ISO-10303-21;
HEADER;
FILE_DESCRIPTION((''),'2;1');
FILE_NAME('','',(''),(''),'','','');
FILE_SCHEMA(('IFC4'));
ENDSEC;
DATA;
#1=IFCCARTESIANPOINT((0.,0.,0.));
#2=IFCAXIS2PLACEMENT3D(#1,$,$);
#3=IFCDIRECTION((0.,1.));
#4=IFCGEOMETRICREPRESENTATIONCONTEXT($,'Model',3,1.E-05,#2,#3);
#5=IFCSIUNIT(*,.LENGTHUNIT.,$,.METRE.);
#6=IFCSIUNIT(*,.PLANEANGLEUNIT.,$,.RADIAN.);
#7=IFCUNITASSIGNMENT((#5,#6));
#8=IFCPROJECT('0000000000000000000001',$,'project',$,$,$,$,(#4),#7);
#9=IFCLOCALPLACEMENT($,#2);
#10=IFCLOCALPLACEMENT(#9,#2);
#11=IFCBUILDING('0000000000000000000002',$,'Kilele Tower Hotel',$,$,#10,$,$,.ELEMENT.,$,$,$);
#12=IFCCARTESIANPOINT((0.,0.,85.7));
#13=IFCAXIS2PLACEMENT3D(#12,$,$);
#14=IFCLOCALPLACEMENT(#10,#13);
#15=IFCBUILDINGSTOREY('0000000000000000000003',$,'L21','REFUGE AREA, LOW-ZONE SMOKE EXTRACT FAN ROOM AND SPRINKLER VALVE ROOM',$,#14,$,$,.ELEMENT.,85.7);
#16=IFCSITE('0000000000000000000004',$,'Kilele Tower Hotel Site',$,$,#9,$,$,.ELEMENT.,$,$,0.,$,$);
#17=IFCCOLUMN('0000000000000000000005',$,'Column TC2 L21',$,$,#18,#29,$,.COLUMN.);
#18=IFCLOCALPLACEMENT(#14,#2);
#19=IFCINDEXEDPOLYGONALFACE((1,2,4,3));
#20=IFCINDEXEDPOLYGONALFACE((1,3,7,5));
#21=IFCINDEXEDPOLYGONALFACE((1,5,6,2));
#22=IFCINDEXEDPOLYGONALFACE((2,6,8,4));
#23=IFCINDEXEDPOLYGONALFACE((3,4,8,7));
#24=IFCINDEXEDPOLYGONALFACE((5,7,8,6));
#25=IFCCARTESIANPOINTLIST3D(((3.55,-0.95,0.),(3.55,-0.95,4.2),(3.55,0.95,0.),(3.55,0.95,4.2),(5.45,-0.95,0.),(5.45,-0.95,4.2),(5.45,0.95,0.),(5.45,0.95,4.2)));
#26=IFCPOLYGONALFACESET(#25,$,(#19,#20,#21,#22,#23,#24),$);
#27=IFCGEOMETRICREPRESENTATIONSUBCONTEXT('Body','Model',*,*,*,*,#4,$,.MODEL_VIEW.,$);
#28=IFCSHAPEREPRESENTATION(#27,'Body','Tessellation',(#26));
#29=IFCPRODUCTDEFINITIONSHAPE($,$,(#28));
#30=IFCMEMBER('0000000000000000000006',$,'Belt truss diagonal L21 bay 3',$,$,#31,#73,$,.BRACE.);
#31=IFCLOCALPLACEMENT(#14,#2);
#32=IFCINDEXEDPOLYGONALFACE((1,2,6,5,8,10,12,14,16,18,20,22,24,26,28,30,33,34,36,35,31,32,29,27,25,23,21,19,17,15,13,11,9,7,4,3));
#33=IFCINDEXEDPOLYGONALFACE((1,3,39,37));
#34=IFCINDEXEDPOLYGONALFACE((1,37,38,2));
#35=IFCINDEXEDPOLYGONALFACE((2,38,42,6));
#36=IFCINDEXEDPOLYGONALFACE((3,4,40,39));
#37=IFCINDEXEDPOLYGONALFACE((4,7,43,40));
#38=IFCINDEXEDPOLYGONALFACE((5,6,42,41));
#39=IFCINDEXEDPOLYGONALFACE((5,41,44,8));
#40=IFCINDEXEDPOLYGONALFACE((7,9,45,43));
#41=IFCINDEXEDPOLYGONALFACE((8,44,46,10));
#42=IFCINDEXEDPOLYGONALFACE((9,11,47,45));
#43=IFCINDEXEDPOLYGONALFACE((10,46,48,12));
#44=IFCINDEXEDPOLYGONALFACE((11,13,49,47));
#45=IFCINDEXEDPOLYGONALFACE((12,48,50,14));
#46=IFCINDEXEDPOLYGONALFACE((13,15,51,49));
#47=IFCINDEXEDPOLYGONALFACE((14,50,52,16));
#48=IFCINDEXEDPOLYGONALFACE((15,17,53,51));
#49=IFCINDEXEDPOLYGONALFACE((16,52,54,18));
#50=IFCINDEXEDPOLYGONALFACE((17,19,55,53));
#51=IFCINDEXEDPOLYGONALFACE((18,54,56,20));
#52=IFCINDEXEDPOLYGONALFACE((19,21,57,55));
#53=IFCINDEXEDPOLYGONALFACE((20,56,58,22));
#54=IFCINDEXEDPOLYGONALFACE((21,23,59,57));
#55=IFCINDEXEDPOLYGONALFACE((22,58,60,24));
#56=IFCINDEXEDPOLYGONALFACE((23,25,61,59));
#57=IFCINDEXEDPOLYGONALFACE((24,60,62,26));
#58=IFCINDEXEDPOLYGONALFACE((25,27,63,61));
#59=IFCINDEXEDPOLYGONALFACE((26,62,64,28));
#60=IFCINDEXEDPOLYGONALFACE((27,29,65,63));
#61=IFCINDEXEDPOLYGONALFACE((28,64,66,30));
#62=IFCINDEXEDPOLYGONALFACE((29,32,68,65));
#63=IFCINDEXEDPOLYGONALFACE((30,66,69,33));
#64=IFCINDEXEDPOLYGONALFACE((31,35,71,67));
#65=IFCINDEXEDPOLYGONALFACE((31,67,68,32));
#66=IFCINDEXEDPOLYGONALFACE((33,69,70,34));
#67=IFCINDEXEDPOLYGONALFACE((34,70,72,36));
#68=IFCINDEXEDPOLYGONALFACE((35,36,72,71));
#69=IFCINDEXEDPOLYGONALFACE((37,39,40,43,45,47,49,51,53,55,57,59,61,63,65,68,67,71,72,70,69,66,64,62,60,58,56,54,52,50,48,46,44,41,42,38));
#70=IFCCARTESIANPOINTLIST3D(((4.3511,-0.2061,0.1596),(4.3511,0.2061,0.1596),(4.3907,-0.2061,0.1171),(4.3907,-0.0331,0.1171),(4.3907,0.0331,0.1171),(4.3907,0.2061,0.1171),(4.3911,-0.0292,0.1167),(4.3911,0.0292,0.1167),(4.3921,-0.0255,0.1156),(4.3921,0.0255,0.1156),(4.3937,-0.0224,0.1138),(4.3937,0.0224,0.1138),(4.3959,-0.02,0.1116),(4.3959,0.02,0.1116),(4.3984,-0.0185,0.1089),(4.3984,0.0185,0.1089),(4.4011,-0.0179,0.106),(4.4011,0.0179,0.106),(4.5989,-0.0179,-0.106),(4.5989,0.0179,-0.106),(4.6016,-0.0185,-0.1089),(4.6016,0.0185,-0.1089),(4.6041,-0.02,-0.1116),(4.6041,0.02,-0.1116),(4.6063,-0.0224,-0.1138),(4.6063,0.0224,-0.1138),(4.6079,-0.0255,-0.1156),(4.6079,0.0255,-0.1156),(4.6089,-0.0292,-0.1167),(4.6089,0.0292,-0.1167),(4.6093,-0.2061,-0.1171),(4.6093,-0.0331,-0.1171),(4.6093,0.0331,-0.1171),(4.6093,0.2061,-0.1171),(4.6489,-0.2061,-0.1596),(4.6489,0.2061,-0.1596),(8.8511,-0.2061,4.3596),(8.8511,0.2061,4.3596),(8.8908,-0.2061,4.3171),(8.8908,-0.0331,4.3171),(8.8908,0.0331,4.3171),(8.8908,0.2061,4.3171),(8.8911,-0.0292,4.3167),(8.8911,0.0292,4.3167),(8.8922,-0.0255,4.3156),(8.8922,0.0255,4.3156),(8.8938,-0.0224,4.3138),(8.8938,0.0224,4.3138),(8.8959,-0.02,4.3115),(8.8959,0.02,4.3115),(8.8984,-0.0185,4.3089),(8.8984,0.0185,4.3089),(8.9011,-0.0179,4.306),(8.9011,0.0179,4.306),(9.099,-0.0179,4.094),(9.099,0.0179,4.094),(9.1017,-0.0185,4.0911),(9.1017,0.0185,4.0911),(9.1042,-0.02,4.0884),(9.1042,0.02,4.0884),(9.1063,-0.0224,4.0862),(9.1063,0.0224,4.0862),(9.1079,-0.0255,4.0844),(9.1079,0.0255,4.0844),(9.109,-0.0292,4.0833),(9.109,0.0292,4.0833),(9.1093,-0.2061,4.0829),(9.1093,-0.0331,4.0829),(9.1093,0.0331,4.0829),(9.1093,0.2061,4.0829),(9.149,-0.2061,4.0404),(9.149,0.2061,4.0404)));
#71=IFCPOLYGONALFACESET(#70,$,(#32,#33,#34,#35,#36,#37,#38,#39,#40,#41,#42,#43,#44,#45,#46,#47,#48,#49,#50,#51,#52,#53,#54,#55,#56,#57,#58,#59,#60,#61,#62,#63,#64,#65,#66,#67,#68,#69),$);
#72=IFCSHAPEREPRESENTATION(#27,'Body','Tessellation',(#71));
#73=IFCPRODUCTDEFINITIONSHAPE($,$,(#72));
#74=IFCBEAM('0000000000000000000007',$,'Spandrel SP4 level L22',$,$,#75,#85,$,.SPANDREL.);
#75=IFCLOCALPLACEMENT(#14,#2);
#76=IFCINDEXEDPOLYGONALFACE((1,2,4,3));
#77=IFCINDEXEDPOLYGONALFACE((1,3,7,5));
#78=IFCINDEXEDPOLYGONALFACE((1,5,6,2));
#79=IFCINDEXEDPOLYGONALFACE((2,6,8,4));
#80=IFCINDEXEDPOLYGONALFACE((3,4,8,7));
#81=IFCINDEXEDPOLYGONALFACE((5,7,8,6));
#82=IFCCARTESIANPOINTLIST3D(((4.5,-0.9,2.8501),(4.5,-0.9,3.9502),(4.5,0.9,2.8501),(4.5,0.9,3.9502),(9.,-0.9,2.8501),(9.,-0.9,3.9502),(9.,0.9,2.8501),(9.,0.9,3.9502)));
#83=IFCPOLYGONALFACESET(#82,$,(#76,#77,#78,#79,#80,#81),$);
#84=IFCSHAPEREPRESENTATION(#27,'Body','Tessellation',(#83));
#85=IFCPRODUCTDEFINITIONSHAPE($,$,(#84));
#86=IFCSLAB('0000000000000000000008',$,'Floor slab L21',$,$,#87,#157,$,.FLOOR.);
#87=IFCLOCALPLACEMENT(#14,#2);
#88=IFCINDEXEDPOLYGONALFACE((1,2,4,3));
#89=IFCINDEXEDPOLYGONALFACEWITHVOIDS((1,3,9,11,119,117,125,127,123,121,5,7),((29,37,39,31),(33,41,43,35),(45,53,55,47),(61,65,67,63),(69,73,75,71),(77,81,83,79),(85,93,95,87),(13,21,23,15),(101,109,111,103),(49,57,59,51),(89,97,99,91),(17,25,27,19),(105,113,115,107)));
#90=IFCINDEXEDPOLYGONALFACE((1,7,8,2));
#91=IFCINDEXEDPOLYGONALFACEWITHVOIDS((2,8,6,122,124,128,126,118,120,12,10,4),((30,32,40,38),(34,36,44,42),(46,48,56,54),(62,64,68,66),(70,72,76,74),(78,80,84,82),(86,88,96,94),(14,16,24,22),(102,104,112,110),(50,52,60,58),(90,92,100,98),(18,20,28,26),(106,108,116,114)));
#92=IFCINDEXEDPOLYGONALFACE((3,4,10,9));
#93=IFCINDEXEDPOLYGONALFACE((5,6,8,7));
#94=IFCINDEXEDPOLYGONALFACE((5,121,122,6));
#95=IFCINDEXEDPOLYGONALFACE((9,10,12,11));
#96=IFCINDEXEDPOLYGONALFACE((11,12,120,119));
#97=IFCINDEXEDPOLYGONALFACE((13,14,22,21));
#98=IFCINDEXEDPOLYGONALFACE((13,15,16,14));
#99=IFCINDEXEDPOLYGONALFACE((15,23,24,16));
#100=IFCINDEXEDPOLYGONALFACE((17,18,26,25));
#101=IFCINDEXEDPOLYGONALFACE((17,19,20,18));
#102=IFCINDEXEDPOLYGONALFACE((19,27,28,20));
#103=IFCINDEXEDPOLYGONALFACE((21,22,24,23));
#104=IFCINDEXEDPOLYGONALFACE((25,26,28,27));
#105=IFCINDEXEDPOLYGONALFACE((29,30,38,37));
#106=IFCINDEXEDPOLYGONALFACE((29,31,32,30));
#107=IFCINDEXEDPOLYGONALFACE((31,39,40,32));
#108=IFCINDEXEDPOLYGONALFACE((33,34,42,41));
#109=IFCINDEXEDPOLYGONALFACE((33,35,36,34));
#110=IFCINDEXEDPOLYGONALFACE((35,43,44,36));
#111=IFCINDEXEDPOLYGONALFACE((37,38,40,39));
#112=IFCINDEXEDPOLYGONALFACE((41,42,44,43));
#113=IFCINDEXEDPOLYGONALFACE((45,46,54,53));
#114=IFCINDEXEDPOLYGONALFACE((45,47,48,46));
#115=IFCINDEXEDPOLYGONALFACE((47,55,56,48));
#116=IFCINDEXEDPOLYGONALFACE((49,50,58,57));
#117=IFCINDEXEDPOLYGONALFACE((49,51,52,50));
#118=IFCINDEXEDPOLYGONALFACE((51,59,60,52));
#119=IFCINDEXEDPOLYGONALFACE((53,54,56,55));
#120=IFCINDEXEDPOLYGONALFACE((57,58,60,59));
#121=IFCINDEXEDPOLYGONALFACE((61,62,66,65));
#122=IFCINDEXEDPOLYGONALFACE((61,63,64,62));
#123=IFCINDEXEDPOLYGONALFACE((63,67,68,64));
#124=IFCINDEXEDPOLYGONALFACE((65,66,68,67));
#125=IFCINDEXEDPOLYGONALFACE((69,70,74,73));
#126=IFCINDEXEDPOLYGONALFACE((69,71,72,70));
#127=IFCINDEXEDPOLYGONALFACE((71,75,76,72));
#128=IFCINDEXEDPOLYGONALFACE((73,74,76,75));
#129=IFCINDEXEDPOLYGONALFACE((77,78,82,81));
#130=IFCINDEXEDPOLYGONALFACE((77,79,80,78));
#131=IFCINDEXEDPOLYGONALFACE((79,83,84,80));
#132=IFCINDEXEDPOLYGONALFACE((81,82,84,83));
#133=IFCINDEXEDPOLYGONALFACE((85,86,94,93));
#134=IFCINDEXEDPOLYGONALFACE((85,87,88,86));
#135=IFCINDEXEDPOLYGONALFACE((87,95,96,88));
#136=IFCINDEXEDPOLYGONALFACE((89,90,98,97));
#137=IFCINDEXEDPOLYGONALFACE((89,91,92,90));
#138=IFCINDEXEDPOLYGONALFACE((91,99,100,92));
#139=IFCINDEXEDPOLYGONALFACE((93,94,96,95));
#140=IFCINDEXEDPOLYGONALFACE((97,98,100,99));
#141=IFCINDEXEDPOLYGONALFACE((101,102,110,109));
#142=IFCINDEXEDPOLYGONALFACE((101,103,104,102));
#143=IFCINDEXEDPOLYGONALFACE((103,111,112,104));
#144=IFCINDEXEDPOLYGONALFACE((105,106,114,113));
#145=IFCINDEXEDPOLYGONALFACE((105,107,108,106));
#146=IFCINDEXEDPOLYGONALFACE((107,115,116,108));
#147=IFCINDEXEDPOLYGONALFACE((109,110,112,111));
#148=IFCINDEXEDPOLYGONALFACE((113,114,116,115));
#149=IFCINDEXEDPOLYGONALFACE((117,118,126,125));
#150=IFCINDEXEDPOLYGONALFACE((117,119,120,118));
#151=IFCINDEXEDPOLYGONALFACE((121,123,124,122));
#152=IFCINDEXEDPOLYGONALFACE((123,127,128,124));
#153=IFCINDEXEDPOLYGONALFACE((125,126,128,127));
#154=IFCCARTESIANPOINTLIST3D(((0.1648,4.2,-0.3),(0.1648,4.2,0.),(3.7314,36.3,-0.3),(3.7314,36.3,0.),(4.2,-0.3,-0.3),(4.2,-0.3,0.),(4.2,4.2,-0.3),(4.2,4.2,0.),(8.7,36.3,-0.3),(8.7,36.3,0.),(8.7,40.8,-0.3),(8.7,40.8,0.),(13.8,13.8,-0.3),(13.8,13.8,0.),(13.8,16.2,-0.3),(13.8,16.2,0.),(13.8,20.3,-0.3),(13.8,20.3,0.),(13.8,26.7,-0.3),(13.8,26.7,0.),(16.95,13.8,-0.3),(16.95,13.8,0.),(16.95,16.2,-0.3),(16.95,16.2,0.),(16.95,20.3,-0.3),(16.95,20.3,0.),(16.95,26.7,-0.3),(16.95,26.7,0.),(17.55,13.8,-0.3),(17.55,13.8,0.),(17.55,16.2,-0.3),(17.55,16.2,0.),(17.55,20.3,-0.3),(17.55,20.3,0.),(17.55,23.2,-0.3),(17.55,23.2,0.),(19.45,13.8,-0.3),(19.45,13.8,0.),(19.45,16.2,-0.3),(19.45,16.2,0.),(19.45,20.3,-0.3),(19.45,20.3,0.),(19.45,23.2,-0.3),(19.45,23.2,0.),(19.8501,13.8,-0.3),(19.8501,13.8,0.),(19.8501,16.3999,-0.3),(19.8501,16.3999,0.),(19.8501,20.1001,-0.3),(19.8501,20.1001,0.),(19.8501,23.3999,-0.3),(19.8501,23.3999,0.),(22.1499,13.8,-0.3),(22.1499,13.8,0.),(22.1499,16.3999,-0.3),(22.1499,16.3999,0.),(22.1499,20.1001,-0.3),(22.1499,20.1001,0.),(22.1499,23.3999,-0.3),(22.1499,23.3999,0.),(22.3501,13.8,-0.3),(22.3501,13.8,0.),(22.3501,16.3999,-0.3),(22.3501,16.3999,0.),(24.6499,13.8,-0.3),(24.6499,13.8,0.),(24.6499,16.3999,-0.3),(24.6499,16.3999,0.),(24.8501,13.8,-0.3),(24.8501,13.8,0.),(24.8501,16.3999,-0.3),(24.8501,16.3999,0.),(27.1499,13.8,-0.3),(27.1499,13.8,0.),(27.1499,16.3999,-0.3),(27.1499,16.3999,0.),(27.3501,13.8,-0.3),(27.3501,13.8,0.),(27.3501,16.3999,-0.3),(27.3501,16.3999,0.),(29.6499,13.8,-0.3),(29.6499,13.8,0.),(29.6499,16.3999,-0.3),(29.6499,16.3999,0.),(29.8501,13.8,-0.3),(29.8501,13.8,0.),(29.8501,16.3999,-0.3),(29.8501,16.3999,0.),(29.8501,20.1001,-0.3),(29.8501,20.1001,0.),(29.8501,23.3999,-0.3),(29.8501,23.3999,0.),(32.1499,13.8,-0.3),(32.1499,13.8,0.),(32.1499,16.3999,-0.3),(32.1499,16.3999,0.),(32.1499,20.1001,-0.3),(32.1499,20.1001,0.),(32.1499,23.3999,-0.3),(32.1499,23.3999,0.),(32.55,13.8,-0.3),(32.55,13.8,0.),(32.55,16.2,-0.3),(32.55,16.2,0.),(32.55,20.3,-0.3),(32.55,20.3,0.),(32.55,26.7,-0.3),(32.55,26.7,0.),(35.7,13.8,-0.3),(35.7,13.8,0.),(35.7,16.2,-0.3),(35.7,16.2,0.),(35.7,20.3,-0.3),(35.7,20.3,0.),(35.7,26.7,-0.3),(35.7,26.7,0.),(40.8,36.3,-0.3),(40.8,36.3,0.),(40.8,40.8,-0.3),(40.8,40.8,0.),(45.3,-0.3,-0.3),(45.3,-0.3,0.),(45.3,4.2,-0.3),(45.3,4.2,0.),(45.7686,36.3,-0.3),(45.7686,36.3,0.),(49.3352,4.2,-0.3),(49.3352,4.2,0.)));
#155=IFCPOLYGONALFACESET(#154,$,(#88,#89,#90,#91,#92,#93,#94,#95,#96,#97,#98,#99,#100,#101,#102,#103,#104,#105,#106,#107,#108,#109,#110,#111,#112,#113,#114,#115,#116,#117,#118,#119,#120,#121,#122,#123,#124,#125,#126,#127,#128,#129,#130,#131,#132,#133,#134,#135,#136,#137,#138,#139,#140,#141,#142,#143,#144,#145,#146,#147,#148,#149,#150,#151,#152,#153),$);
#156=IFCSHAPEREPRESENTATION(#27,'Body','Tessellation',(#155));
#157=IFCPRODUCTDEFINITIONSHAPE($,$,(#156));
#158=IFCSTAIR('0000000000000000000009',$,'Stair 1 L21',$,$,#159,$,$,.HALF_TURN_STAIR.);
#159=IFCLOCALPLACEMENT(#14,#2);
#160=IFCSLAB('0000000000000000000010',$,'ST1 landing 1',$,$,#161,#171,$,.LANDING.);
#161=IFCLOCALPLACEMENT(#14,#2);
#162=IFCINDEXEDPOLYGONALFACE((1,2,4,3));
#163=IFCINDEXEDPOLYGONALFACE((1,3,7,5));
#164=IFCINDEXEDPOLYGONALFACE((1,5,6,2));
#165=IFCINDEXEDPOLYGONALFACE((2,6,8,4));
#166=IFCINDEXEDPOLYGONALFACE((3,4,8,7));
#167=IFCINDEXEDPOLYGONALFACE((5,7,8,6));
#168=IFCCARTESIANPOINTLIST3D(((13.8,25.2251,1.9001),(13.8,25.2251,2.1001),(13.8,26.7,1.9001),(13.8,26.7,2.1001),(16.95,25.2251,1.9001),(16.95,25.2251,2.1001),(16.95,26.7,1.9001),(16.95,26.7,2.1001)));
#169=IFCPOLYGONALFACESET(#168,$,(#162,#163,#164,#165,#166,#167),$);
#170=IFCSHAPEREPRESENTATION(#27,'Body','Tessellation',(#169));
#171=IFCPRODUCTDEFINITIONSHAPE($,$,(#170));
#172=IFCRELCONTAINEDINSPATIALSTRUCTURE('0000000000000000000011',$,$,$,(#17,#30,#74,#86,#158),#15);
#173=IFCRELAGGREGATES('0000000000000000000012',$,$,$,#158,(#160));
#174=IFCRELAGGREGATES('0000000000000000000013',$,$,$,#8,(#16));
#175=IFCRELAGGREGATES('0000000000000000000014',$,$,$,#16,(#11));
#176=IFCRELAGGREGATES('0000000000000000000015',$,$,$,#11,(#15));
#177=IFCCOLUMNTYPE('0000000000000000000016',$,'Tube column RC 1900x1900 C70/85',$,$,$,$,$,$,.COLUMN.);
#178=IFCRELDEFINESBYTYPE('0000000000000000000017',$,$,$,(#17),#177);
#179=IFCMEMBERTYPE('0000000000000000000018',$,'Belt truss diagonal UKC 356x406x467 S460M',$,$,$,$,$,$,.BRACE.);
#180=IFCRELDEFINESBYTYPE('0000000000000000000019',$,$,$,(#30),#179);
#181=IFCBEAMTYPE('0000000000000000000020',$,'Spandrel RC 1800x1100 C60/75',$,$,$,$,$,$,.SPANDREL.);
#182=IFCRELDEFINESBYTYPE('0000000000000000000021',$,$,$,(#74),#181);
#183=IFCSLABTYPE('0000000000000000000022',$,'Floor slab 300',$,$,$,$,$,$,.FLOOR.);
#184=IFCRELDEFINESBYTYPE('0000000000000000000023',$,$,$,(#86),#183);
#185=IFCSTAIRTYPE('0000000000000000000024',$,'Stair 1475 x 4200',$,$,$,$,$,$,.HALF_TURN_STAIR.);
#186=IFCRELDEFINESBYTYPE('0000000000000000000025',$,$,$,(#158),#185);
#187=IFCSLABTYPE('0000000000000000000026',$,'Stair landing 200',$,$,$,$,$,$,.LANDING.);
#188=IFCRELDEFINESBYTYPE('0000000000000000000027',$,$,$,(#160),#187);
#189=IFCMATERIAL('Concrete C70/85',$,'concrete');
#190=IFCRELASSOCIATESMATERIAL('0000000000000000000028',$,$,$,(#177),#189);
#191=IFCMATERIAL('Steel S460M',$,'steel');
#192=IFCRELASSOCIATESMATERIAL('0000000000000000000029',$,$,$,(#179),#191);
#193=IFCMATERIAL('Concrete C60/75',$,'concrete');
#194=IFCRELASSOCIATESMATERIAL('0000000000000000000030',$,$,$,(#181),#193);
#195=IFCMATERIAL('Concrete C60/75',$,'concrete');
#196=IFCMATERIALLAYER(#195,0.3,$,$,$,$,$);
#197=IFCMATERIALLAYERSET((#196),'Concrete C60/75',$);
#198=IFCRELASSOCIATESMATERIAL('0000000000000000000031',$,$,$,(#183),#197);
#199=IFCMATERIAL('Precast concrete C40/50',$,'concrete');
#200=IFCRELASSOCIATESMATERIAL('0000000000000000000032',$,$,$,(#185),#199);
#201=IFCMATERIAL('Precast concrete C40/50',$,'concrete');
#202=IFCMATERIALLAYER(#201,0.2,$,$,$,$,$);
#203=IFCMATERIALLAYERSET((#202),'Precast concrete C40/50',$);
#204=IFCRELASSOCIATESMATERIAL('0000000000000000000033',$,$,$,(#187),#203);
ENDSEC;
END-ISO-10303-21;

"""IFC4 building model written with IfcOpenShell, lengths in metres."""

from ifc_helpers import new_model, si_unit, direction, frame, origin, origin_2d, place, context, subcontext, project, spatial, polyline, rectangle, i_section, outline, extrude, material, layer, layer_set, material_profile, profile_set, type_object, element, aggregate, save


model = new_model("IFC4")

# Units and contexts
model_context = context("Model", 3, precision=1e-05, world=origin(), true_north=direction((0.0, 1.0)))
body_context = subcontext(model_context, "Body", "Model", "MODEL_VIEW")
ifc_project = project(units=[si_unit("LENGTHUNIT", "METRE"), si_unit("PLANEANGLEUNIT", "RADIAN")], contexts=[model_context])

# Site, building, storey
site_placement = place(None, origin())
site = spatial("IfcSite", under=ifc_project, at=site_placement, Name="Kilele Tower Hotel Site", CompositionType="ELEMENT", RefElevation=0.0)
building_placement = place(site_placement, origin())
building = spatial("IfcBuilding", under=site, at=building_placement, Name="Kilele Tower Hotel", CompositionType="ELEMENT")
storey_placement = place(building_placement, frame((0.0, 0.0, 85.7)))
storey = spatial("IfcBuildingStorey", under=building, at=storey_placement, Name="L21", Description="REFUGE AREA, LOW-ZONE SMOKE EXTRACT FAN ROOM AND SPRINKLER VALVE ROOM", CompositionType="ELEMENT", Elevation=85.7)

# Column
ifc_material_1 = material(Name="Concrete C70/85", Category="concrete")
ifc_material_profile_1 = material_profile(ifc_material_1, rectangle(XDim=1.8999, YDim=1.8999, at=origin_2d()))
ifc_profile_set_1 = profile_set([ifc_material_profile_1], Name="Concrete C70/85")
column_type = type_object("IfcColumnType", Name="Tube column RC 1900x1900 C70/85", PredefinedType="COLUMN", material=ifc_profile_set_1)
column_placement = place(storey_placement, frame((4.5, 0.0, 0.0), z_axis=(0.0, 0.0, 1.0), x_axis=(1.0, 0.0, 0.0)))
element("IfcColumn", 1, at=column_placement, inside=storey, type_object=column_type, Name="Column TC2 L21", PredefinedType="COLUMN", context=body_context, shape_type="SweptSolid", body=[
    extrude(rectangle(XDim=1.8999, YDim=1.8999, at=origin_2d()), origin(), (0.0, 0.0, 1.0), 4.2),
])

# Member
ifc_material_2 = material(Name="Steel S460M", Category="steel")
ifc_material_profile_2 = material_profile(ifc_material_2, i_section(OverallWidth=0.4121, OverallDepth=0.4365, WebThickness=0.0359, FlangeThickness=0.0581, FilletRadius=0.0151, at=origin_2d()))
ifc_profile_set_2 = profile_set([ifc_material_profile_2], Name="Steel S460M")
member_type = type_object("IfcMemberType", Name="Belt truss diagonal UKC 356x406x467 S460M", PredefinedType="BRACE", material=ifc_profile_set_2)
member_placement = place(storey_placement, frame((4.5, 0.0, 0.0), z_axis=(0.731059, 0.0, 0.682314), x_axis=(0.0, 1.0, 0.0)))
element("IfcMember", 2, at=member_placement, inside=storey, type_object=member_type, Name="Belt truss diagonal L21 bay 3", PredefinedType="BRACE", context=body_context, shape_type="SweptSolid", body=[
    extrude(i_section(OverallWidth=0.4121, OverallDepth=0.4365, WebThickness=0.0359, FlangeThickness=0.0581, FilletRadius=0.0151, at=origin_2d()), origin(), (0.0, 0.0, 1.0), 6.1555),
])

# Beam
ifc_material_3 = material(Name="Concrete C60/75", Category="concrete")
ifc_material_profile_3 = material_profile(ifc_material_3, rectangle(XDim=1.8, YDim=1.1001, at=origin_2d()))
ifc_profile_set_3 = profile_set([ifc_material_profile_3], Name="Concrete C60/75")
beam_type = type_object("IfcBeamType", Name="Spandrel RC 1800x1100 C60/75", PredefinedType="SPANDREL", material=ifc_profile_set_3)
beam_placement = place(storey_placement, frame((4.5, 0.0, 3.4001), z_axis=(1.0, 0.0, 0.0), x_axis=(0.0, 1.0, 0.0)))
element("IfcBeam", 3, at=beam_placement, inside=storey, type_object=beam_type, Name="Spandrel SP4 level L22", PredefinedType="SPANDREL", context=body_context, shape_type="SweptSolid", body=[
    extrude(rectangle(XDim=1.8, YDim=1.1001, at=origin_2d()), origin(), (0.0, 0.0, 1.0), 4.5),
])

# Slab
ifc_material_4 = material(Name="Concrete C60/75", Category="concrete")
ifc_layer_1 = layer(ifc_material_4, 0.3)
ifc_layer_set_1 = layer_set([ifc_layer_1], Name="Concrete C60/75")
slab_type_1 = type_object("IfcSlabType", Name="Floor slab 300", PredefinedType="FLOOR", material=ifc_layer_set_1)
slab_1_placement = place(storey_placement, frame((0.0, 0.0, -0.3)))
element("IfcSlab", 4, at=slab_1_placement, inside=storey, type_object=slab_type_1, Name="Floor slab L21", PredefinedType="FLOOR", context=body_context, shape_type="SweptSolid", body=[
    extrude(outline(polyline([(8.7, 36.3), (8.7, 40.8), (40.8, 40.8), (40.8, 36.3), (45.7686, 36.3), (49.3352, 4.2), (45.3, 4.2), (45.3, -0.3), (4.2, -0.3), (4.2, 4.2), (0.1648, 4.2), (3.7314, 36.3), (8.7, 36.3)]), holes=[polyline([(16.95, 16.2), (13.8, 16.2), (13.8, 13.8), (16.95, 13.8), (16.95, 16.2)]), polyline([(19.45, 13.8), (19.45, 16.2), (17.55, 16.2), (17.55, 13.8), (19.45, 13.8)]), polyline([(22.1499, 13.8), (22.1499, 16.3999), (19.8501, 16.3999), (19.8501, 13.8), (22.1499, 13.8)]), polyline([(24.6499, 16.3999), (22.3501, 16.3999), (22.3501, 13.8), (24.6499, 13.8), (24.6499, 16.3999)]), polyline([(19.45, 20.3), (19.45, 23.2), (17.55, 23.2), (17.55, 20.3), (19.45, 20.3)]), polyline([(22.1499, 20.1001), (22.1499, 23.3999), (19.8501, 23.3999), (19.8501, 20.1001), (22.1499, 20.1001)]), polyline([(16.95, 26.7), (13.8, 26.7), (13.8, 20.3), (16.95, 20.3), (16.95, 26.7)]), polyline([(35.7, 13.8), (35.7, 16.2), (32.55, 16.2), (32.55, 13.8), (35.7, 13.8)]), polyline([(27.1499, 13.8), (27.1499, 16.3999), (24.8501, 16.3999), (24.8501, 13.8), (27.1499, 13.8)]), polyline([(29.6499, 13.8), (29.6499, 16.3999), (27.3501, 16.3999), (27.3501, 13.8), (29.6499, 13.8)]), polyline([(32.1499, 13.8), (32.1499, 16.3999), (29.8501, 16.3999), (29.8501, 13.8), (32.1499, 13.8)]), polyline([(32.1499, 20.1001), (32.1499, 23.3999), (29.8501, 23.3999), (29.8501, 20.1001), (32.1499, 20.1001)]), polyline([(35.7, 20.3), (35.7, 26.7), (32.55, 26.7), (32.55, 20.3), (35.7, 20.3)])]), origin(), (0.0, 0.0, 1.0), 0.3),
])

# Stair, slab
ifc_material_5 = material(Name="Precast concrete C40/50", Category="concrete")
stair_type = type_object("IfcStairType", Name="Stair 1475 x 4200", PredefinedType="HALF_TURN_STAIR", material=ifc_material_5)
stair_1_placement = place(storey_placement, origin())
stair_1 = element("IfcStair", 5, at=stair_1_placement, inside=storey, type_object=stair_type, Name="Stair 1 L21", PredefinedType="HALF_TURN_STAIR")
ifc_material_6 = material(Name="Precast concrete C40/50", Category="concrete")
ifc_layer_2 = layer(ifc_material_6, 0.2)
ifc_layer_set_2 = layer_set([ifc_layer_2], Name="Precast concrete C40/50")
slab_type_2 = type_object("IfcSlabType", Name="Stair landing 200", PredefinedType="LANDING", material=ifc_layer_set_2)
slab_2_placement = place(storey_placement, frame((0.0, 0.0, 1.9001)))
slab_2 = element("IfcSlab", 6, at=slab_2_placement, type_object=slab_type_2, Name="ST1 landing 1", PredefinedType="LANDING", context=body_context, shape_type="SweptSolid", body=[
    extrude(outline(polyline([(13.8, 25.2251), (16.95, 25.2251), (16.95, 26.7), (13.8, 26.7), (13.8, 25.2251)])), origin(), (0.0, 0.0, 1.0), 0.2),
])
aggregate(stair_1, [slab_2])

save(model, "model.ifc")
